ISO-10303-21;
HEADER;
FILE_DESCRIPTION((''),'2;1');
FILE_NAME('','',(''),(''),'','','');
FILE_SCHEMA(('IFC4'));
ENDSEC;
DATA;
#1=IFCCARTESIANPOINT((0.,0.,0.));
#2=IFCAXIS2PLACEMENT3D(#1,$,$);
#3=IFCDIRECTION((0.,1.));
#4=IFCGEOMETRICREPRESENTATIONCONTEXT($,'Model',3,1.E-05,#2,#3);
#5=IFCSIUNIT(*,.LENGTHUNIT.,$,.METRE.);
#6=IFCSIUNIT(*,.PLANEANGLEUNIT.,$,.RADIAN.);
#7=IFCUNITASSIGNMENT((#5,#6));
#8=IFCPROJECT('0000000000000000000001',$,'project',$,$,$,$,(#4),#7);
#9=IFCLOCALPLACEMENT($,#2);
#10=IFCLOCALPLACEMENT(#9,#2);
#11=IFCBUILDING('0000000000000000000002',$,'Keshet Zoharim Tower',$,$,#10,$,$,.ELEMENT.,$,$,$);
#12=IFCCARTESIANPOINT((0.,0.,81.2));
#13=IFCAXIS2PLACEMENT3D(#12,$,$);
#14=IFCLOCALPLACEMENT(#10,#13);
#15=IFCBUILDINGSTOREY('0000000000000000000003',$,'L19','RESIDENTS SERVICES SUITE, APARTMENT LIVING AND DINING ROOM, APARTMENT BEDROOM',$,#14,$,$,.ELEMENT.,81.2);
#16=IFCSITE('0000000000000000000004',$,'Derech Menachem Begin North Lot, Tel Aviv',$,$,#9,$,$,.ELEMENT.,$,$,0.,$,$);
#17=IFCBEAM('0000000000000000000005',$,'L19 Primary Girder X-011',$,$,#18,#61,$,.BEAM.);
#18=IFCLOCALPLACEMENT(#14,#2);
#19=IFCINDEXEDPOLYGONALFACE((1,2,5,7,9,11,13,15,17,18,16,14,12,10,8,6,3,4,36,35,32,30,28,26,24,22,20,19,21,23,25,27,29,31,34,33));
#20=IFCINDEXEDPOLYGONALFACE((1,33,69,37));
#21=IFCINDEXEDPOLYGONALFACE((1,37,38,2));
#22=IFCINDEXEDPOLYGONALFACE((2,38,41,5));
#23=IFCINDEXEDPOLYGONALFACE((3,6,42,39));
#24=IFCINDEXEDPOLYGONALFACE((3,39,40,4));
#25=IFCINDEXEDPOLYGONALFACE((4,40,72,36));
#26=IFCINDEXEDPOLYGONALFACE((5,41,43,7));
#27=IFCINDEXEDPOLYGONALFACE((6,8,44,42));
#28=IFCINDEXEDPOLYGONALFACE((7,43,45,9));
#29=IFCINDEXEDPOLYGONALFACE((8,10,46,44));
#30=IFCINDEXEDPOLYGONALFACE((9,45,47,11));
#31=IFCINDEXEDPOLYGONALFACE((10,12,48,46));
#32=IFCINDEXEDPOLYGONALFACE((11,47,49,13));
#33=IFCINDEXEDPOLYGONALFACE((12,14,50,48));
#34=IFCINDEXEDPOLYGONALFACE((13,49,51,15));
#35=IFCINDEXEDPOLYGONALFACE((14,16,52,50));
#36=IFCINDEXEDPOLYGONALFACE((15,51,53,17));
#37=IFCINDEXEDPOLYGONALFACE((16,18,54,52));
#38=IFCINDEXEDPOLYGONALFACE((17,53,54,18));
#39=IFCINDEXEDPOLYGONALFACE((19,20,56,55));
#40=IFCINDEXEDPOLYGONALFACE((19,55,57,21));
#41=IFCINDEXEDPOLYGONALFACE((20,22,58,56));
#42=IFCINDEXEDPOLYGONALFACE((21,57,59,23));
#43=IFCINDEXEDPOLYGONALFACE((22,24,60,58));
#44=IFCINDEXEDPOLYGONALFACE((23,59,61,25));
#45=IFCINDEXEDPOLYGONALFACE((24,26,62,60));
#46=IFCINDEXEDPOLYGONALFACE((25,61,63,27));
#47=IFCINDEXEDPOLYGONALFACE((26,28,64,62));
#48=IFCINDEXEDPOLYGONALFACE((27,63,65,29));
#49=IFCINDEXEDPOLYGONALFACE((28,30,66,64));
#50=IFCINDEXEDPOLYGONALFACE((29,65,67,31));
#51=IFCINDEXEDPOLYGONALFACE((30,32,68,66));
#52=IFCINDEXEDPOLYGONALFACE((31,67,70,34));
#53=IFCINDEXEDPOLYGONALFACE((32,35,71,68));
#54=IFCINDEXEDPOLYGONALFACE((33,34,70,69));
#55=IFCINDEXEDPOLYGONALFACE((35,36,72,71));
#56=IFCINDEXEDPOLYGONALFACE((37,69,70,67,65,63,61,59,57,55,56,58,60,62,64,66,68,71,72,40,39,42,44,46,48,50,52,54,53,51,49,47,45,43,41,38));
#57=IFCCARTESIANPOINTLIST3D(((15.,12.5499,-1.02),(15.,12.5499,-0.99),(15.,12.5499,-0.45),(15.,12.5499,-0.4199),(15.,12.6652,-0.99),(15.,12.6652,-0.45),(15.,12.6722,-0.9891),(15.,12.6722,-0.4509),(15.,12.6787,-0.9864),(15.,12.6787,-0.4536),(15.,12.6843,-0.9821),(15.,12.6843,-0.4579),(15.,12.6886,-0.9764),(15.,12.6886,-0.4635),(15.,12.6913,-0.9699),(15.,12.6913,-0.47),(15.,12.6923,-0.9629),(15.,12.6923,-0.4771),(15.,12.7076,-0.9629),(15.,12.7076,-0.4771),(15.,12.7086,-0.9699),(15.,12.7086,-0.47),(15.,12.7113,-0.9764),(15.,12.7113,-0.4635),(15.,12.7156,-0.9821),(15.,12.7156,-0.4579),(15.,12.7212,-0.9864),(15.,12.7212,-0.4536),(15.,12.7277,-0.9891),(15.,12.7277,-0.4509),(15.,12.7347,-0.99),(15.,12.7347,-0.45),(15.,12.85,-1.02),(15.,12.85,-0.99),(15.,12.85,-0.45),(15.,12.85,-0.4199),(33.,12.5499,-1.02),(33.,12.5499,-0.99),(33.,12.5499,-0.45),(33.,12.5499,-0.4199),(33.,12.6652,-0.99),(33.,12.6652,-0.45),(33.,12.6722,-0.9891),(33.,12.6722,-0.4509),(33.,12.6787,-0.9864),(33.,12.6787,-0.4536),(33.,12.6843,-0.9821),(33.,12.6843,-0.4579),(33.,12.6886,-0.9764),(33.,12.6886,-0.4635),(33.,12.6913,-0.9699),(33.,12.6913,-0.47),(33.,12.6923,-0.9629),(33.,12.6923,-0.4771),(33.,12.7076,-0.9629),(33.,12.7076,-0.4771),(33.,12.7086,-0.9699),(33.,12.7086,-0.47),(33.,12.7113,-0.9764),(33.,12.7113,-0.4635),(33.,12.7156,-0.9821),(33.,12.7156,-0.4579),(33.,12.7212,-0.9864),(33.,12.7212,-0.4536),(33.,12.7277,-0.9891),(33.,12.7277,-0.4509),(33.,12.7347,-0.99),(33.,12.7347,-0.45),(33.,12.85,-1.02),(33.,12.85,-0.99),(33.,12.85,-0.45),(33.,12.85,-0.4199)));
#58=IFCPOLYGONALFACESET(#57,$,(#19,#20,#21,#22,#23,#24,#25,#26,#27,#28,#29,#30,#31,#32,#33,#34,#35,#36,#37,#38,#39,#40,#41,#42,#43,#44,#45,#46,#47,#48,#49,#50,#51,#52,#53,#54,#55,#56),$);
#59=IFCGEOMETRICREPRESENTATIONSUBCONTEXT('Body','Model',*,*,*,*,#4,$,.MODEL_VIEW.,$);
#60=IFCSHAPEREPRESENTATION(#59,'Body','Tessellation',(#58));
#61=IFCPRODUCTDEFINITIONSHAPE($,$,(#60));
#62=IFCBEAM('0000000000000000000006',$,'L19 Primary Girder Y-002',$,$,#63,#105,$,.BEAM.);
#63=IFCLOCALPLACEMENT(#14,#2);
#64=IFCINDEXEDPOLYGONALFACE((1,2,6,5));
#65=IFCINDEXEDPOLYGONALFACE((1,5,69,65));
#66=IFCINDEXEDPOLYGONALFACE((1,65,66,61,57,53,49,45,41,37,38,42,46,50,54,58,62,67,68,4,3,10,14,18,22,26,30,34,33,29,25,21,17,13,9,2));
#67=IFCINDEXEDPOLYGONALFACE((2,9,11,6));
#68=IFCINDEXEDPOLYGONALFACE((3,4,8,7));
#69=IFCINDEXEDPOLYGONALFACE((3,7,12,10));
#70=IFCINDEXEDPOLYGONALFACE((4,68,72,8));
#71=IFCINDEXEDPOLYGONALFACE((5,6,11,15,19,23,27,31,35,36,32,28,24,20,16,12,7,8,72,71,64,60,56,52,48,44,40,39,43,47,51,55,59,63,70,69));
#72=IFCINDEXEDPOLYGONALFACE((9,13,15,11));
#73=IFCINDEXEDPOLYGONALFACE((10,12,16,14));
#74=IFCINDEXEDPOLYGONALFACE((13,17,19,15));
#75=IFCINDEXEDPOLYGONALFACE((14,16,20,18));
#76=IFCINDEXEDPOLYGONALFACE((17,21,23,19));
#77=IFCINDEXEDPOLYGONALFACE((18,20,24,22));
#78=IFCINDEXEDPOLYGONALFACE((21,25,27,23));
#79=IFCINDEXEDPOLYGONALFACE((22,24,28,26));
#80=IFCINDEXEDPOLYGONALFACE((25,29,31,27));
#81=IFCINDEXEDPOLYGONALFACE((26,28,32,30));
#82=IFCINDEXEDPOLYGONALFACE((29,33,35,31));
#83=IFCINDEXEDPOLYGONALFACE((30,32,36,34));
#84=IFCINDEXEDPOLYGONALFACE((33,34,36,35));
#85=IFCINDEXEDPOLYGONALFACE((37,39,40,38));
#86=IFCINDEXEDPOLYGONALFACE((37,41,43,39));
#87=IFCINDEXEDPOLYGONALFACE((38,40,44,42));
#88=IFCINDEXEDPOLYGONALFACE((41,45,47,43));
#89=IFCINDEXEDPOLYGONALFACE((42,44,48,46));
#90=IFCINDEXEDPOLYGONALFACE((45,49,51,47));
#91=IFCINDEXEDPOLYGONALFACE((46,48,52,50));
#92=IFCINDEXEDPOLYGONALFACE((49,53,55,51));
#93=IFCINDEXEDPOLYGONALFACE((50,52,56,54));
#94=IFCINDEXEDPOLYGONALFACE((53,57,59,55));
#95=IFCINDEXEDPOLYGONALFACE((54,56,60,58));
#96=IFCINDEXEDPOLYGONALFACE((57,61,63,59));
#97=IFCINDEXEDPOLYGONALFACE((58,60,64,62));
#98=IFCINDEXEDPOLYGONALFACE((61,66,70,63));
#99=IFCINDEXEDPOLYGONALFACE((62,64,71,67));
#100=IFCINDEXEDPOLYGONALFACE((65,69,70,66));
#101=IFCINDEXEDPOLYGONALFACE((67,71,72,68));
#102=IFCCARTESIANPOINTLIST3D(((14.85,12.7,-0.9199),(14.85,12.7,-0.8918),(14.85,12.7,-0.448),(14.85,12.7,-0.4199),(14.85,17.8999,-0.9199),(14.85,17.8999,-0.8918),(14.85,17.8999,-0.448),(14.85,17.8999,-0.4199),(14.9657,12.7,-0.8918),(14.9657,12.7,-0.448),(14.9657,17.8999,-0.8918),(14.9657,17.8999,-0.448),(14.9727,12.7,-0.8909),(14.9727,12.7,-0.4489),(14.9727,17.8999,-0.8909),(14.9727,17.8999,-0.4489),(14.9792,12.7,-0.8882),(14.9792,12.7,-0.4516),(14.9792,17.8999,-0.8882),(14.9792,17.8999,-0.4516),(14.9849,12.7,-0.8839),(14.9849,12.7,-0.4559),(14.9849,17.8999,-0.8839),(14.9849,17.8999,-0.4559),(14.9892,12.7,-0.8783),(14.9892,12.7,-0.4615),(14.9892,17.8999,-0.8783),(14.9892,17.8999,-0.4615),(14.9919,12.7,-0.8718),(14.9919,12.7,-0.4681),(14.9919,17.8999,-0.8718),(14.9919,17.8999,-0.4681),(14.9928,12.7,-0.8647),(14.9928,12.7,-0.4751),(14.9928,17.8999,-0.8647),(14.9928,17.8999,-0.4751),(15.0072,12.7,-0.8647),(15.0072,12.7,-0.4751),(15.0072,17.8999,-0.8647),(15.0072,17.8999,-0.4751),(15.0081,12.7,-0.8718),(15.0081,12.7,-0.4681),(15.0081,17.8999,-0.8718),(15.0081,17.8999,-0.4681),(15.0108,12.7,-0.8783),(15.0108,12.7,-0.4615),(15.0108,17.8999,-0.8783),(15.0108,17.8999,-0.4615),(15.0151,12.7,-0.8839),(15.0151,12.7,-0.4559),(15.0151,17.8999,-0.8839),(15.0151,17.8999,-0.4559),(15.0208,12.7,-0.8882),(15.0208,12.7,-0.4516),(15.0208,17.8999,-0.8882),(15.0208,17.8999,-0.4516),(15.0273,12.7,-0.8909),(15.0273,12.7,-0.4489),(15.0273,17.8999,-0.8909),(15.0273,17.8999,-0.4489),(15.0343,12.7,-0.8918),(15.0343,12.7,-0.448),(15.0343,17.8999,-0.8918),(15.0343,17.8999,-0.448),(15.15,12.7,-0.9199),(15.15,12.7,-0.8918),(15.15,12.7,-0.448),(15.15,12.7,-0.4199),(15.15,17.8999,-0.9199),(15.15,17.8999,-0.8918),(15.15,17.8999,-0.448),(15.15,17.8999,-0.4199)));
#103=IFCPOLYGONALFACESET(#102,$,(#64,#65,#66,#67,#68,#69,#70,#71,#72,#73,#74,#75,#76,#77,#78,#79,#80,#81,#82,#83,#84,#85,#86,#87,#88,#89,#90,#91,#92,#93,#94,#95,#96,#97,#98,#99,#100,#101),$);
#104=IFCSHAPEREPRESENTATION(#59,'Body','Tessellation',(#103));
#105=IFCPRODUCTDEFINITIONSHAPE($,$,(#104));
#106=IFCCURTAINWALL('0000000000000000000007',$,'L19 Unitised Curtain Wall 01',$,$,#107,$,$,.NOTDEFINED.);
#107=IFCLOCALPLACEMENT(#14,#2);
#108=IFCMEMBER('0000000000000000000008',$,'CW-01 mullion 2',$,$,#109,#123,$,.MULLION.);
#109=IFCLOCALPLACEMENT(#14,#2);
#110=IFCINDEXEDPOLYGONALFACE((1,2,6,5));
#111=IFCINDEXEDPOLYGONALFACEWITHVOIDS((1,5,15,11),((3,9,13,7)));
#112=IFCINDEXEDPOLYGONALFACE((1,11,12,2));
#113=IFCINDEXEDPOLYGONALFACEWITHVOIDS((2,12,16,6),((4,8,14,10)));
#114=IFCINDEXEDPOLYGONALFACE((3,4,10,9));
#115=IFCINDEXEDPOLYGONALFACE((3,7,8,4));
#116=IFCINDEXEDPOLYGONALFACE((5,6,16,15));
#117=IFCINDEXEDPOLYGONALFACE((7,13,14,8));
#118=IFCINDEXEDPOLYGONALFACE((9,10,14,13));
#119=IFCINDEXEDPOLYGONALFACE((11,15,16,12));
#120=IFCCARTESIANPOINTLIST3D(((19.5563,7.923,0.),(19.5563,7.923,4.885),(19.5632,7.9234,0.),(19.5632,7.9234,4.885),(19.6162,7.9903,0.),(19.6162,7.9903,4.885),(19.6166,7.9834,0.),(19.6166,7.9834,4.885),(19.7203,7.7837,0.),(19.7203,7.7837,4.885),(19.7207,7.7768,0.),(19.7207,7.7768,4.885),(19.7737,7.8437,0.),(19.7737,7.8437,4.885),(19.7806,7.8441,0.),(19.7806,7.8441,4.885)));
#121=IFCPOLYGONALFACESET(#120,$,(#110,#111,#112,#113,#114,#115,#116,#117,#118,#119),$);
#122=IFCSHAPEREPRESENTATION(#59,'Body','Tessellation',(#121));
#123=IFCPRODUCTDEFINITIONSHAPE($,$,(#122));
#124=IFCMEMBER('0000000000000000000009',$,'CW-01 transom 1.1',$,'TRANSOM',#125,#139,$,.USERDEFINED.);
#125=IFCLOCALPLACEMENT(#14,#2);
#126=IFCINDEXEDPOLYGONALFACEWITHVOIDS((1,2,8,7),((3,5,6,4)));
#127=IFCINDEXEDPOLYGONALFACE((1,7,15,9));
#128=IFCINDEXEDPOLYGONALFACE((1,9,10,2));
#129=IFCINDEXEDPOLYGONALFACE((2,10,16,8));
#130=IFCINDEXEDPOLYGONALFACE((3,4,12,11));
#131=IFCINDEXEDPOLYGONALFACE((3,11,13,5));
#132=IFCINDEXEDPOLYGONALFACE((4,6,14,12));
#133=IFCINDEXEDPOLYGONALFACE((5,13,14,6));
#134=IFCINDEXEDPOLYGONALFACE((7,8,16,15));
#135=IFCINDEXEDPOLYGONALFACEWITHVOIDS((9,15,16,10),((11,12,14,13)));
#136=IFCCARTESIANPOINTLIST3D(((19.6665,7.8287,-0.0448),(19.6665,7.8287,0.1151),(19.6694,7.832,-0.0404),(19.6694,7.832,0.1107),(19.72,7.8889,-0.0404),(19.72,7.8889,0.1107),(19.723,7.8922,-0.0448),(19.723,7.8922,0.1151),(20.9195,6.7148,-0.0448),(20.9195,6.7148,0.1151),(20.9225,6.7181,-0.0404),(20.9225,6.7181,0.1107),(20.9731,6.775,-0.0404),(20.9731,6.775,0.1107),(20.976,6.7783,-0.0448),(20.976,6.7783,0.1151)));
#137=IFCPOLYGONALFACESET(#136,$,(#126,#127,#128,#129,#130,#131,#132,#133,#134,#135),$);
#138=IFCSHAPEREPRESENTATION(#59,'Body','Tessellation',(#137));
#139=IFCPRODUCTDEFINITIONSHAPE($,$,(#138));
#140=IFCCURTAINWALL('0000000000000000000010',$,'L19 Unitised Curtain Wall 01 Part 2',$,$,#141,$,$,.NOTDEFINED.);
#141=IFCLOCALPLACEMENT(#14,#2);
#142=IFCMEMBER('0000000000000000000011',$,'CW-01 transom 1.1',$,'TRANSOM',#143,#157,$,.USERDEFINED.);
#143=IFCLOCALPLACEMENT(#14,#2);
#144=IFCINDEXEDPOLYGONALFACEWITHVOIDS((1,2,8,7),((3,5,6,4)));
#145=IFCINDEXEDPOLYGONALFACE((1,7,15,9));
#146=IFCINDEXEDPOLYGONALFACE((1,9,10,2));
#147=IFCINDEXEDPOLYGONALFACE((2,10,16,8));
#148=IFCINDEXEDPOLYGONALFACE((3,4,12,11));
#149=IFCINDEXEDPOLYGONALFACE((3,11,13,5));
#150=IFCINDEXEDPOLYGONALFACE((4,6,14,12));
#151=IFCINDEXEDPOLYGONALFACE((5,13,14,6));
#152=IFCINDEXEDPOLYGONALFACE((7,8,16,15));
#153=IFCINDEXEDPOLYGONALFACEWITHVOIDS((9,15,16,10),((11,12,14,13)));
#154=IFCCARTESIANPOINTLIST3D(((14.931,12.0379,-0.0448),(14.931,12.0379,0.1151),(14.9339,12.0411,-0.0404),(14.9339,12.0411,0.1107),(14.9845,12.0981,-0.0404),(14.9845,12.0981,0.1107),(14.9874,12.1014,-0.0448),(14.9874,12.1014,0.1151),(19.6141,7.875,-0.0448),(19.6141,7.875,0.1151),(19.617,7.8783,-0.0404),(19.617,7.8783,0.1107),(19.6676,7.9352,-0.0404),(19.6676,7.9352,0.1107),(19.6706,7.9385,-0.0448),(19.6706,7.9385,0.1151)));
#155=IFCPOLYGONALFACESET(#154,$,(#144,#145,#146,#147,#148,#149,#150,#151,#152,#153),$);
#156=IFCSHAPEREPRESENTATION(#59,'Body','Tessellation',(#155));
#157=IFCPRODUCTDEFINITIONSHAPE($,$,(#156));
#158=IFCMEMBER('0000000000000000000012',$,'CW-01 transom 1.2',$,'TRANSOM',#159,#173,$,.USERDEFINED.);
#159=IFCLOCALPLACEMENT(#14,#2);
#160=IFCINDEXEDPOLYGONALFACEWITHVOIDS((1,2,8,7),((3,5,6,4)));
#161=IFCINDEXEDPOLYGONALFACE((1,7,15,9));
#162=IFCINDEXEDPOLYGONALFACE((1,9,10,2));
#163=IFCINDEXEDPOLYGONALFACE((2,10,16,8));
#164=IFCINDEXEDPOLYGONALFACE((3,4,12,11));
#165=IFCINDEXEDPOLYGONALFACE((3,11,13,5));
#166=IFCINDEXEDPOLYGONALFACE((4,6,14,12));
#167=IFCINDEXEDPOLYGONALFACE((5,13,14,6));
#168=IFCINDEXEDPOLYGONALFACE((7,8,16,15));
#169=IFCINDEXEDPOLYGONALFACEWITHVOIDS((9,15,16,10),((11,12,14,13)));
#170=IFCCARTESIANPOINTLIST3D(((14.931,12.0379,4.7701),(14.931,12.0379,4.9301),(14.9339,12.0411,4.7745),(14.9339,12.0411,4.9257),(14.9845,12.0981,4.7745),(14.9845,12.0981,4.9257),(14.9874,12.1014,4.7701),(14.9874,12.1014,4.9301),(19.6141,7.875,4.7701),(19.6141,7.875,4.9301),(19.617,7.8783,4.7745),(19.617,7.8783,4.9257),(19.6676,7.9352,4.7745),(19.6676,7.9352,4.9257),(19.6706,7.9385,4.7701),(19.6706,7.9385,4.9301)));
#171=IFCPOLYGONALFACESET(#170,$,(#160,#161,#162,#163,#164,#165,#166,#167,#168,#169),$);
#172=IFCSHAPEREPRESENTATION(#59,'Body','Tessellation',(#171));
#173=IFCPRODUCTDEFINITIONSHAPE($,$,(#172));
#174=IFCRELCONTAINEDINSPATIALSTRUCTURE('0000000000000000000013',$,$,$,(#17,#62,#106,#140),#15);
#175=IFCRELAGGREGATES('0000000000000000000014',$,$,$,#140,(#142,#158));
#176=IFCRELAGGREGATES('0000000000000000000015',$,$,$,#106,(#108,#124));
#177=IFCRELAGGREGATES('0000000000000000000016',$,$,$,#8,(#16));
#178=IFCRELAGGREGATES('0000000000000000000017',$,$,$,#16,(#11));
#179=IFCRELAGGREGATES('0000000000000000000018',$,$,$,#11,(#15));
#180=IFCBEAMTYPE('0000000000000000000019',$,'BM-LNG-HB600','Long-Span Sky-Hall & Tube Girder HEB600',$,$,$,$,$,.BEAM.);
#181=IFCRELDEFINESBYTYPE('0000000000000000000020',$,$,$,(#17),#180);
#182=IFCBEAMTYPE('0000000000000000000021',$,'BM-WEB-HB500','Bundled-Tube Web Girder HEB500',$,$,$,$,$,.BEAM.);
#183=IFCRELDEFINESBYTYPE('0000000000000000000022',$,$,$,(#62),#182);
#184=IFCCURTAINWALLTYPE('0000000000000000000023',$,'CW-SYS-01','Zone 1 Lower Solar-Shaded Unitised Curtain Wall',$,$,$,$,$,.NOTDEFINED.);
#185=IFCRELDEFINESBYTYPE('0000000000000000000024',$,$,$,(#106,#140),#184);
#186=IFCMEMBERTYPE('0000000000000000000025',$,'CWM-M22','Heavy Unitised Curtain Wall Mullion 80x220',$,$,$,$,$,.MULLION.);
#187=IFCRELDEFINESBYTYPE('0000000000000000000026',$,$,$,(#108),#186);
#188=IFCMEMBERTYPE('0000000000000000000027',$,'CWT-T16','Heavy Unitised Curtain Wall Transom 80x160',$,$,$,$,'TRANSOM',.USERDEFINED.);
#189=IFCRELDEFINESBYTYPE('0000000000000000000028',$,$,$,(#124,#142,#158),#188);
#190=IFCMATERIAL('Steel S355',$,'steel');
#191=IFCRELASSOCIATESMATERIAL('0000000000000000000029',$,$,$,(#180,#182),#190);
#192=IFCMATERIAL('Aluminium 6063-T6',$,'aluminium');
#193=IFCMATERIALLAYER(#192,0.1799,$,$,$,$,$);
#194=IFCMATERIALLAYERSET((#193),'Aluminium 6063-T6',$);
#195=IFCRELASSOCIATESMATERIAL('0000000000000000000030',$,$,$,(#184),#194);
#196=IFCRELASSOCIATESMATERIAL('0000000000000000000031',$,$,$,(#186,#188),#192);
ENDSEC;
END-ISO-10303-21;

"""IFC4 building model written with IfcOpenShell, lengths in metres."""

from ifc_helpers import new_model, si_unit, direction, frame, origin, origin_2d, place, context, subcontext, project, spatial, hollow_rectangle, i_section, extrude, material, layer, layer_set, material_profile, profile_set, type_object, element, aggregate, save


model = new_model("IFC4")

# Units and contexts
model_context = context("Model", 3, precision=1e-05, world=origin(), true_north=direction((0.0, 1.0)))
body_context = subcontext(model_context, "Body", "Model", "MODEL_VIEW")
ifc_project = project(units=[si_unit("LENGTHUNIT", "METRE"), si_unit("PLANEANGLEUNIT", "RADIAN")], contexts=[model_context])

# Site, building, storey
site_placement = place(None, origin())
site = spatial("IfcSite", under=ifc_project, at=site_placement, Name="Derech Menachem Begin North Lot, Tel Aviv", CompositionType="ELEMENT", RefElevation=0.0)
building_placement = place(site_placement, origin())
building = spatial("IfcBuilding", under=site, at=building_placement, Name="Keshet Zoharim Tower", CompositionType="ELEMENT")
storey_placement = place(building_placement, frame((0.0, 0.0, 81.2)))
storey = spatial("IfcBuildingStorey", under=building, at=storey_placement, Name="L19", Description="RESIDENTS SERVICES SUITE, APARTMENT LIVING AND DINING ROOM, APARTMENT BEDROOM", CompositionType="ELEMENT", Elevation=81.2)

# Beams
ifc_material_1 = material(Name="Steel S355", Category="steel")
ifc_material_profile_1 = material_profile(ifc_material_1, i_section(OverallWidth=0.3, OverallDepth=0.6001, WebThickness=0.0154, FlangeThickness=0.03, FilletRadius=0.0271, at=origin_2d()), Name="HEB600")
ifc_profile_set_1 = profile_set([ifc_material_profile_1], Name="Steel S355")
beam_type_1 = type_object("IfcBeamType", Name="BM-LNG-HB600", Description="Long-Span Sky-Hall & Tube Girder HEB600", PredefinedType="BEAM", material=ifc_profile_set_1)
beam_1_placement = place(storey_placement, frame((15.0, 12.7, -0.72), z_axis=(1.0, 0.0, 0.0), x_axis=(0.0, 1.0, 0.0)))
element("IfcBeam", 1, at=beam_1_placement, inside=storey, type_object=beam_type_1, Name="L19 Primary Girder X-011", PredefinedType="BEAM", context=body_context, shape_type="SweptSolid", body=[
    extrude(i_section(OverallWidth=0.3, OverallDepth=0.6001, WebThickness=0.0154, FlangeThickness=0.03, FilletRadius=0.0271, at=origin_2d()), origin(), (0.0, 0.0, 1.0), 18.0),
])
ifc_material_profile_2 = material_profile(ifc_material_1, i_section(OverallWidth=0.3, OverallDepth=0.5, WebThickness=0.0144, FlangeThickness=0.0281, FilletRadius=0.0271, at=origin_2d()), Name="HEB500")
ifc_profile_set_2 = profile_set([ifc_material_profile_2], Name="Steel S355")
beam_type_2 = type_object("IfcBeamType", Name="BM-WEB-HB500", Description="Bundled-Tube Web Girder HEB500", PredefinedType="BEAM", material=ifc_profile_set_2)
beam_2_placement = place(storey_placement, frame((15.0, 12.7, -0.6699), z_axis=(0.0, 1.0, 0.0), x_axis=(-1.0, 0.0, 0.0)))
element("IfcBeam", 2, at=beam_2_placement, inside=storey, type_object=beam_type_2, Name="L19 Primary Girder Y-002", PredefinedType="BEAM", context=body_context, shape_type="SweptSolid", body=[
    extrude(i_section(OverallWidth=0.3, OverallDepth=0.5, WebThickness=0.0144, FlangeThickness=0.0281, FilletRadius=0.0271, at=origin_2d()), origin(), (0.0, 0.0, 1.0), 5.2),
])

# Curtain walls, members
ifc_material_2 = material(Name="Aluminium 6063-T6", Category="aluminium")
ifc_layer_1 = layer(ifc_material_2, 0.1799)
ifc_layer_set_1 = layer_set([ifc_layer_1], Name="Aluminium 6063-T6")
curtain_wall_type = type_object("IfcCurtainWallType", Name="CW-SYS-01", Description="Zone 1 Lower Solar-Shaded Unitised Curtain Wall", PredefinedType="NOTDEFINED", material=ifc_layer_set_1)
curtain_wall_1_placement = place(storey_placement, origin())
curtain_wall_1 = element("IfcCurtainWall", 3, at=curtain_wall_1_placement, inside=storey, type_object=curtain_wall_type, Name="L19 Unitised Curtain Wall 01", PredefinedType="NOTDEFINED")
ifc_material_profile_3 = material_profile(ifc_material_2, hollow_rectangle(XDim=0.0901, YDim=0.22, WallThickness=0.0049, at=origin_2d()), Name="MUL-90x220")
ifc_profile_set_3 = profile_set([ifc_material_profile_3], Name="Aluminium 6063-T6")
member_type_1 = type_object("IfcMemberType", Name="CWM-M22", Description="Heavy Unitised Curtain Wall Mullion 80x220", PredefinedType="MULLION", material=ifc_profile_set_3)
member_1_placement = place(storey_placement, frame((19.6685, 7.8835, 0.0), z_axis=(0.0, 0.0, 1.0), x_axis=(-0.664378, -0.747397, 0.0)))
member_1 = element("IfcMember", 4, at=member_1_placement, type_object=member_type_1, Name="CW-01 mullion 2", PredefinedType="MULLION", context=body_context, shape_type="SweptSolid", body=[
    extrude(hollow_rectangle(XDim=0.0901, YDim=0.22, WallThickness=0.0049, at=origin_2d()), origin(), (0.0, 0.0, 1.0), 4.885),
])
ifc_material_profile_4 = material_profile(ifc_material_2, hollow_rectangle(XDim=0.085, YDim=0.1599, WallThickness=0.0044, at=origin_2d()), Name="TRN-85x160")
ifc_profile_set_4 = profile_set([ifc_material_profile_4], Name="Aluminium 6063-T6")
member_type_2 = type_object("IfcMemberType", Name="CWT-T16", Description="Heavy Unitised Curtain Wall Transom 80x160", ElementType="TRANSOM", PredefinedType="USERDEFINED", material=ifc_profile_set_4)
member_2_placement = place(storey_placement, frame((20.9478, 6.7466, 0.0352), z_axis=(-0.747393, 0.664382, 0.0), x_axis=(-0.664382, -0.747393, 0.0)))
member_2 = element("IfcMember", 5, at=member_2_placement, type_object=member_type_2, Name="CW-01 transom 1.1", ObjectType="TRANSOM", PredefinedType="USERDEFINED", context=body_context, shape_type="SweptSolid", body=[
    extrude(hollow_rectangle(XDim=0.085, YDim=0.1599, WallThickness=0.0044, at=origin_2d()), origin(), (0.0, 0.0, 1.0), 1.6765),
])
curtain_wall_2_placement = place(storey_placement, origin())
curtain_wall_2 = element("IfcCurtainWall", 6, at=curtain_wall_2_placement, inside=storey, type_object=curtain_wall_type, Name="L19 Unitised Curtain Wall 01 Part 2", PredefinedType="NOTDEFINED")
member_3_placement = place(storey_placement, frame((19.6423, 7.9067, 0.0352), z_axis=(-0.747403, 0.664371, 0.0), x_axis=(-0.664371, -0.747403, 0.0)))
member_3 = element("IfcMember", 7, at=member_3_placement, type_object=member_type_2, Name="CW-01 transom 1.1", ObjectType="TRANSOM", PredefinedType="USERDEFINED", context=body_context, shape_type="SweptSolid", body=[
    extrude(hollow_rectangle(XDim=0.085, YDim=0.1599, WallThickness=0.0044, at=origin_2d()), origin(), (0.0, 0.0, 1.0), 6.2659),
])
member_4_placement = place(storey_placement, frame((19.6423, 7.9067, 4.8501), z_axis=(-0.747403, 0.664371, 0.0), x_axis=(-0.664371, -0.747403, 0.0)))
member_4 = element("IfcMember", 8, at=member_4_placement, type_object=member_type_2, Name="CW-01 transom 1.2", ObjectType="TRANSOM", PredefinedType="USERDEFINED", context=body_context, shape_type="SweptSolid", body=[
    extrude(hollow_rectangle(XDim=0.085, YDim=0.1599, WallThickness=0.0044, at=origin_2d()), origin(), (0.0, 0.0, 1.0), 6.2659),
])

aggregate(curtain_wall_2, [member_3, member_4])
aggregate(curtain_wall_1, [member_1, member_2])

save(model, "model.ifc")
